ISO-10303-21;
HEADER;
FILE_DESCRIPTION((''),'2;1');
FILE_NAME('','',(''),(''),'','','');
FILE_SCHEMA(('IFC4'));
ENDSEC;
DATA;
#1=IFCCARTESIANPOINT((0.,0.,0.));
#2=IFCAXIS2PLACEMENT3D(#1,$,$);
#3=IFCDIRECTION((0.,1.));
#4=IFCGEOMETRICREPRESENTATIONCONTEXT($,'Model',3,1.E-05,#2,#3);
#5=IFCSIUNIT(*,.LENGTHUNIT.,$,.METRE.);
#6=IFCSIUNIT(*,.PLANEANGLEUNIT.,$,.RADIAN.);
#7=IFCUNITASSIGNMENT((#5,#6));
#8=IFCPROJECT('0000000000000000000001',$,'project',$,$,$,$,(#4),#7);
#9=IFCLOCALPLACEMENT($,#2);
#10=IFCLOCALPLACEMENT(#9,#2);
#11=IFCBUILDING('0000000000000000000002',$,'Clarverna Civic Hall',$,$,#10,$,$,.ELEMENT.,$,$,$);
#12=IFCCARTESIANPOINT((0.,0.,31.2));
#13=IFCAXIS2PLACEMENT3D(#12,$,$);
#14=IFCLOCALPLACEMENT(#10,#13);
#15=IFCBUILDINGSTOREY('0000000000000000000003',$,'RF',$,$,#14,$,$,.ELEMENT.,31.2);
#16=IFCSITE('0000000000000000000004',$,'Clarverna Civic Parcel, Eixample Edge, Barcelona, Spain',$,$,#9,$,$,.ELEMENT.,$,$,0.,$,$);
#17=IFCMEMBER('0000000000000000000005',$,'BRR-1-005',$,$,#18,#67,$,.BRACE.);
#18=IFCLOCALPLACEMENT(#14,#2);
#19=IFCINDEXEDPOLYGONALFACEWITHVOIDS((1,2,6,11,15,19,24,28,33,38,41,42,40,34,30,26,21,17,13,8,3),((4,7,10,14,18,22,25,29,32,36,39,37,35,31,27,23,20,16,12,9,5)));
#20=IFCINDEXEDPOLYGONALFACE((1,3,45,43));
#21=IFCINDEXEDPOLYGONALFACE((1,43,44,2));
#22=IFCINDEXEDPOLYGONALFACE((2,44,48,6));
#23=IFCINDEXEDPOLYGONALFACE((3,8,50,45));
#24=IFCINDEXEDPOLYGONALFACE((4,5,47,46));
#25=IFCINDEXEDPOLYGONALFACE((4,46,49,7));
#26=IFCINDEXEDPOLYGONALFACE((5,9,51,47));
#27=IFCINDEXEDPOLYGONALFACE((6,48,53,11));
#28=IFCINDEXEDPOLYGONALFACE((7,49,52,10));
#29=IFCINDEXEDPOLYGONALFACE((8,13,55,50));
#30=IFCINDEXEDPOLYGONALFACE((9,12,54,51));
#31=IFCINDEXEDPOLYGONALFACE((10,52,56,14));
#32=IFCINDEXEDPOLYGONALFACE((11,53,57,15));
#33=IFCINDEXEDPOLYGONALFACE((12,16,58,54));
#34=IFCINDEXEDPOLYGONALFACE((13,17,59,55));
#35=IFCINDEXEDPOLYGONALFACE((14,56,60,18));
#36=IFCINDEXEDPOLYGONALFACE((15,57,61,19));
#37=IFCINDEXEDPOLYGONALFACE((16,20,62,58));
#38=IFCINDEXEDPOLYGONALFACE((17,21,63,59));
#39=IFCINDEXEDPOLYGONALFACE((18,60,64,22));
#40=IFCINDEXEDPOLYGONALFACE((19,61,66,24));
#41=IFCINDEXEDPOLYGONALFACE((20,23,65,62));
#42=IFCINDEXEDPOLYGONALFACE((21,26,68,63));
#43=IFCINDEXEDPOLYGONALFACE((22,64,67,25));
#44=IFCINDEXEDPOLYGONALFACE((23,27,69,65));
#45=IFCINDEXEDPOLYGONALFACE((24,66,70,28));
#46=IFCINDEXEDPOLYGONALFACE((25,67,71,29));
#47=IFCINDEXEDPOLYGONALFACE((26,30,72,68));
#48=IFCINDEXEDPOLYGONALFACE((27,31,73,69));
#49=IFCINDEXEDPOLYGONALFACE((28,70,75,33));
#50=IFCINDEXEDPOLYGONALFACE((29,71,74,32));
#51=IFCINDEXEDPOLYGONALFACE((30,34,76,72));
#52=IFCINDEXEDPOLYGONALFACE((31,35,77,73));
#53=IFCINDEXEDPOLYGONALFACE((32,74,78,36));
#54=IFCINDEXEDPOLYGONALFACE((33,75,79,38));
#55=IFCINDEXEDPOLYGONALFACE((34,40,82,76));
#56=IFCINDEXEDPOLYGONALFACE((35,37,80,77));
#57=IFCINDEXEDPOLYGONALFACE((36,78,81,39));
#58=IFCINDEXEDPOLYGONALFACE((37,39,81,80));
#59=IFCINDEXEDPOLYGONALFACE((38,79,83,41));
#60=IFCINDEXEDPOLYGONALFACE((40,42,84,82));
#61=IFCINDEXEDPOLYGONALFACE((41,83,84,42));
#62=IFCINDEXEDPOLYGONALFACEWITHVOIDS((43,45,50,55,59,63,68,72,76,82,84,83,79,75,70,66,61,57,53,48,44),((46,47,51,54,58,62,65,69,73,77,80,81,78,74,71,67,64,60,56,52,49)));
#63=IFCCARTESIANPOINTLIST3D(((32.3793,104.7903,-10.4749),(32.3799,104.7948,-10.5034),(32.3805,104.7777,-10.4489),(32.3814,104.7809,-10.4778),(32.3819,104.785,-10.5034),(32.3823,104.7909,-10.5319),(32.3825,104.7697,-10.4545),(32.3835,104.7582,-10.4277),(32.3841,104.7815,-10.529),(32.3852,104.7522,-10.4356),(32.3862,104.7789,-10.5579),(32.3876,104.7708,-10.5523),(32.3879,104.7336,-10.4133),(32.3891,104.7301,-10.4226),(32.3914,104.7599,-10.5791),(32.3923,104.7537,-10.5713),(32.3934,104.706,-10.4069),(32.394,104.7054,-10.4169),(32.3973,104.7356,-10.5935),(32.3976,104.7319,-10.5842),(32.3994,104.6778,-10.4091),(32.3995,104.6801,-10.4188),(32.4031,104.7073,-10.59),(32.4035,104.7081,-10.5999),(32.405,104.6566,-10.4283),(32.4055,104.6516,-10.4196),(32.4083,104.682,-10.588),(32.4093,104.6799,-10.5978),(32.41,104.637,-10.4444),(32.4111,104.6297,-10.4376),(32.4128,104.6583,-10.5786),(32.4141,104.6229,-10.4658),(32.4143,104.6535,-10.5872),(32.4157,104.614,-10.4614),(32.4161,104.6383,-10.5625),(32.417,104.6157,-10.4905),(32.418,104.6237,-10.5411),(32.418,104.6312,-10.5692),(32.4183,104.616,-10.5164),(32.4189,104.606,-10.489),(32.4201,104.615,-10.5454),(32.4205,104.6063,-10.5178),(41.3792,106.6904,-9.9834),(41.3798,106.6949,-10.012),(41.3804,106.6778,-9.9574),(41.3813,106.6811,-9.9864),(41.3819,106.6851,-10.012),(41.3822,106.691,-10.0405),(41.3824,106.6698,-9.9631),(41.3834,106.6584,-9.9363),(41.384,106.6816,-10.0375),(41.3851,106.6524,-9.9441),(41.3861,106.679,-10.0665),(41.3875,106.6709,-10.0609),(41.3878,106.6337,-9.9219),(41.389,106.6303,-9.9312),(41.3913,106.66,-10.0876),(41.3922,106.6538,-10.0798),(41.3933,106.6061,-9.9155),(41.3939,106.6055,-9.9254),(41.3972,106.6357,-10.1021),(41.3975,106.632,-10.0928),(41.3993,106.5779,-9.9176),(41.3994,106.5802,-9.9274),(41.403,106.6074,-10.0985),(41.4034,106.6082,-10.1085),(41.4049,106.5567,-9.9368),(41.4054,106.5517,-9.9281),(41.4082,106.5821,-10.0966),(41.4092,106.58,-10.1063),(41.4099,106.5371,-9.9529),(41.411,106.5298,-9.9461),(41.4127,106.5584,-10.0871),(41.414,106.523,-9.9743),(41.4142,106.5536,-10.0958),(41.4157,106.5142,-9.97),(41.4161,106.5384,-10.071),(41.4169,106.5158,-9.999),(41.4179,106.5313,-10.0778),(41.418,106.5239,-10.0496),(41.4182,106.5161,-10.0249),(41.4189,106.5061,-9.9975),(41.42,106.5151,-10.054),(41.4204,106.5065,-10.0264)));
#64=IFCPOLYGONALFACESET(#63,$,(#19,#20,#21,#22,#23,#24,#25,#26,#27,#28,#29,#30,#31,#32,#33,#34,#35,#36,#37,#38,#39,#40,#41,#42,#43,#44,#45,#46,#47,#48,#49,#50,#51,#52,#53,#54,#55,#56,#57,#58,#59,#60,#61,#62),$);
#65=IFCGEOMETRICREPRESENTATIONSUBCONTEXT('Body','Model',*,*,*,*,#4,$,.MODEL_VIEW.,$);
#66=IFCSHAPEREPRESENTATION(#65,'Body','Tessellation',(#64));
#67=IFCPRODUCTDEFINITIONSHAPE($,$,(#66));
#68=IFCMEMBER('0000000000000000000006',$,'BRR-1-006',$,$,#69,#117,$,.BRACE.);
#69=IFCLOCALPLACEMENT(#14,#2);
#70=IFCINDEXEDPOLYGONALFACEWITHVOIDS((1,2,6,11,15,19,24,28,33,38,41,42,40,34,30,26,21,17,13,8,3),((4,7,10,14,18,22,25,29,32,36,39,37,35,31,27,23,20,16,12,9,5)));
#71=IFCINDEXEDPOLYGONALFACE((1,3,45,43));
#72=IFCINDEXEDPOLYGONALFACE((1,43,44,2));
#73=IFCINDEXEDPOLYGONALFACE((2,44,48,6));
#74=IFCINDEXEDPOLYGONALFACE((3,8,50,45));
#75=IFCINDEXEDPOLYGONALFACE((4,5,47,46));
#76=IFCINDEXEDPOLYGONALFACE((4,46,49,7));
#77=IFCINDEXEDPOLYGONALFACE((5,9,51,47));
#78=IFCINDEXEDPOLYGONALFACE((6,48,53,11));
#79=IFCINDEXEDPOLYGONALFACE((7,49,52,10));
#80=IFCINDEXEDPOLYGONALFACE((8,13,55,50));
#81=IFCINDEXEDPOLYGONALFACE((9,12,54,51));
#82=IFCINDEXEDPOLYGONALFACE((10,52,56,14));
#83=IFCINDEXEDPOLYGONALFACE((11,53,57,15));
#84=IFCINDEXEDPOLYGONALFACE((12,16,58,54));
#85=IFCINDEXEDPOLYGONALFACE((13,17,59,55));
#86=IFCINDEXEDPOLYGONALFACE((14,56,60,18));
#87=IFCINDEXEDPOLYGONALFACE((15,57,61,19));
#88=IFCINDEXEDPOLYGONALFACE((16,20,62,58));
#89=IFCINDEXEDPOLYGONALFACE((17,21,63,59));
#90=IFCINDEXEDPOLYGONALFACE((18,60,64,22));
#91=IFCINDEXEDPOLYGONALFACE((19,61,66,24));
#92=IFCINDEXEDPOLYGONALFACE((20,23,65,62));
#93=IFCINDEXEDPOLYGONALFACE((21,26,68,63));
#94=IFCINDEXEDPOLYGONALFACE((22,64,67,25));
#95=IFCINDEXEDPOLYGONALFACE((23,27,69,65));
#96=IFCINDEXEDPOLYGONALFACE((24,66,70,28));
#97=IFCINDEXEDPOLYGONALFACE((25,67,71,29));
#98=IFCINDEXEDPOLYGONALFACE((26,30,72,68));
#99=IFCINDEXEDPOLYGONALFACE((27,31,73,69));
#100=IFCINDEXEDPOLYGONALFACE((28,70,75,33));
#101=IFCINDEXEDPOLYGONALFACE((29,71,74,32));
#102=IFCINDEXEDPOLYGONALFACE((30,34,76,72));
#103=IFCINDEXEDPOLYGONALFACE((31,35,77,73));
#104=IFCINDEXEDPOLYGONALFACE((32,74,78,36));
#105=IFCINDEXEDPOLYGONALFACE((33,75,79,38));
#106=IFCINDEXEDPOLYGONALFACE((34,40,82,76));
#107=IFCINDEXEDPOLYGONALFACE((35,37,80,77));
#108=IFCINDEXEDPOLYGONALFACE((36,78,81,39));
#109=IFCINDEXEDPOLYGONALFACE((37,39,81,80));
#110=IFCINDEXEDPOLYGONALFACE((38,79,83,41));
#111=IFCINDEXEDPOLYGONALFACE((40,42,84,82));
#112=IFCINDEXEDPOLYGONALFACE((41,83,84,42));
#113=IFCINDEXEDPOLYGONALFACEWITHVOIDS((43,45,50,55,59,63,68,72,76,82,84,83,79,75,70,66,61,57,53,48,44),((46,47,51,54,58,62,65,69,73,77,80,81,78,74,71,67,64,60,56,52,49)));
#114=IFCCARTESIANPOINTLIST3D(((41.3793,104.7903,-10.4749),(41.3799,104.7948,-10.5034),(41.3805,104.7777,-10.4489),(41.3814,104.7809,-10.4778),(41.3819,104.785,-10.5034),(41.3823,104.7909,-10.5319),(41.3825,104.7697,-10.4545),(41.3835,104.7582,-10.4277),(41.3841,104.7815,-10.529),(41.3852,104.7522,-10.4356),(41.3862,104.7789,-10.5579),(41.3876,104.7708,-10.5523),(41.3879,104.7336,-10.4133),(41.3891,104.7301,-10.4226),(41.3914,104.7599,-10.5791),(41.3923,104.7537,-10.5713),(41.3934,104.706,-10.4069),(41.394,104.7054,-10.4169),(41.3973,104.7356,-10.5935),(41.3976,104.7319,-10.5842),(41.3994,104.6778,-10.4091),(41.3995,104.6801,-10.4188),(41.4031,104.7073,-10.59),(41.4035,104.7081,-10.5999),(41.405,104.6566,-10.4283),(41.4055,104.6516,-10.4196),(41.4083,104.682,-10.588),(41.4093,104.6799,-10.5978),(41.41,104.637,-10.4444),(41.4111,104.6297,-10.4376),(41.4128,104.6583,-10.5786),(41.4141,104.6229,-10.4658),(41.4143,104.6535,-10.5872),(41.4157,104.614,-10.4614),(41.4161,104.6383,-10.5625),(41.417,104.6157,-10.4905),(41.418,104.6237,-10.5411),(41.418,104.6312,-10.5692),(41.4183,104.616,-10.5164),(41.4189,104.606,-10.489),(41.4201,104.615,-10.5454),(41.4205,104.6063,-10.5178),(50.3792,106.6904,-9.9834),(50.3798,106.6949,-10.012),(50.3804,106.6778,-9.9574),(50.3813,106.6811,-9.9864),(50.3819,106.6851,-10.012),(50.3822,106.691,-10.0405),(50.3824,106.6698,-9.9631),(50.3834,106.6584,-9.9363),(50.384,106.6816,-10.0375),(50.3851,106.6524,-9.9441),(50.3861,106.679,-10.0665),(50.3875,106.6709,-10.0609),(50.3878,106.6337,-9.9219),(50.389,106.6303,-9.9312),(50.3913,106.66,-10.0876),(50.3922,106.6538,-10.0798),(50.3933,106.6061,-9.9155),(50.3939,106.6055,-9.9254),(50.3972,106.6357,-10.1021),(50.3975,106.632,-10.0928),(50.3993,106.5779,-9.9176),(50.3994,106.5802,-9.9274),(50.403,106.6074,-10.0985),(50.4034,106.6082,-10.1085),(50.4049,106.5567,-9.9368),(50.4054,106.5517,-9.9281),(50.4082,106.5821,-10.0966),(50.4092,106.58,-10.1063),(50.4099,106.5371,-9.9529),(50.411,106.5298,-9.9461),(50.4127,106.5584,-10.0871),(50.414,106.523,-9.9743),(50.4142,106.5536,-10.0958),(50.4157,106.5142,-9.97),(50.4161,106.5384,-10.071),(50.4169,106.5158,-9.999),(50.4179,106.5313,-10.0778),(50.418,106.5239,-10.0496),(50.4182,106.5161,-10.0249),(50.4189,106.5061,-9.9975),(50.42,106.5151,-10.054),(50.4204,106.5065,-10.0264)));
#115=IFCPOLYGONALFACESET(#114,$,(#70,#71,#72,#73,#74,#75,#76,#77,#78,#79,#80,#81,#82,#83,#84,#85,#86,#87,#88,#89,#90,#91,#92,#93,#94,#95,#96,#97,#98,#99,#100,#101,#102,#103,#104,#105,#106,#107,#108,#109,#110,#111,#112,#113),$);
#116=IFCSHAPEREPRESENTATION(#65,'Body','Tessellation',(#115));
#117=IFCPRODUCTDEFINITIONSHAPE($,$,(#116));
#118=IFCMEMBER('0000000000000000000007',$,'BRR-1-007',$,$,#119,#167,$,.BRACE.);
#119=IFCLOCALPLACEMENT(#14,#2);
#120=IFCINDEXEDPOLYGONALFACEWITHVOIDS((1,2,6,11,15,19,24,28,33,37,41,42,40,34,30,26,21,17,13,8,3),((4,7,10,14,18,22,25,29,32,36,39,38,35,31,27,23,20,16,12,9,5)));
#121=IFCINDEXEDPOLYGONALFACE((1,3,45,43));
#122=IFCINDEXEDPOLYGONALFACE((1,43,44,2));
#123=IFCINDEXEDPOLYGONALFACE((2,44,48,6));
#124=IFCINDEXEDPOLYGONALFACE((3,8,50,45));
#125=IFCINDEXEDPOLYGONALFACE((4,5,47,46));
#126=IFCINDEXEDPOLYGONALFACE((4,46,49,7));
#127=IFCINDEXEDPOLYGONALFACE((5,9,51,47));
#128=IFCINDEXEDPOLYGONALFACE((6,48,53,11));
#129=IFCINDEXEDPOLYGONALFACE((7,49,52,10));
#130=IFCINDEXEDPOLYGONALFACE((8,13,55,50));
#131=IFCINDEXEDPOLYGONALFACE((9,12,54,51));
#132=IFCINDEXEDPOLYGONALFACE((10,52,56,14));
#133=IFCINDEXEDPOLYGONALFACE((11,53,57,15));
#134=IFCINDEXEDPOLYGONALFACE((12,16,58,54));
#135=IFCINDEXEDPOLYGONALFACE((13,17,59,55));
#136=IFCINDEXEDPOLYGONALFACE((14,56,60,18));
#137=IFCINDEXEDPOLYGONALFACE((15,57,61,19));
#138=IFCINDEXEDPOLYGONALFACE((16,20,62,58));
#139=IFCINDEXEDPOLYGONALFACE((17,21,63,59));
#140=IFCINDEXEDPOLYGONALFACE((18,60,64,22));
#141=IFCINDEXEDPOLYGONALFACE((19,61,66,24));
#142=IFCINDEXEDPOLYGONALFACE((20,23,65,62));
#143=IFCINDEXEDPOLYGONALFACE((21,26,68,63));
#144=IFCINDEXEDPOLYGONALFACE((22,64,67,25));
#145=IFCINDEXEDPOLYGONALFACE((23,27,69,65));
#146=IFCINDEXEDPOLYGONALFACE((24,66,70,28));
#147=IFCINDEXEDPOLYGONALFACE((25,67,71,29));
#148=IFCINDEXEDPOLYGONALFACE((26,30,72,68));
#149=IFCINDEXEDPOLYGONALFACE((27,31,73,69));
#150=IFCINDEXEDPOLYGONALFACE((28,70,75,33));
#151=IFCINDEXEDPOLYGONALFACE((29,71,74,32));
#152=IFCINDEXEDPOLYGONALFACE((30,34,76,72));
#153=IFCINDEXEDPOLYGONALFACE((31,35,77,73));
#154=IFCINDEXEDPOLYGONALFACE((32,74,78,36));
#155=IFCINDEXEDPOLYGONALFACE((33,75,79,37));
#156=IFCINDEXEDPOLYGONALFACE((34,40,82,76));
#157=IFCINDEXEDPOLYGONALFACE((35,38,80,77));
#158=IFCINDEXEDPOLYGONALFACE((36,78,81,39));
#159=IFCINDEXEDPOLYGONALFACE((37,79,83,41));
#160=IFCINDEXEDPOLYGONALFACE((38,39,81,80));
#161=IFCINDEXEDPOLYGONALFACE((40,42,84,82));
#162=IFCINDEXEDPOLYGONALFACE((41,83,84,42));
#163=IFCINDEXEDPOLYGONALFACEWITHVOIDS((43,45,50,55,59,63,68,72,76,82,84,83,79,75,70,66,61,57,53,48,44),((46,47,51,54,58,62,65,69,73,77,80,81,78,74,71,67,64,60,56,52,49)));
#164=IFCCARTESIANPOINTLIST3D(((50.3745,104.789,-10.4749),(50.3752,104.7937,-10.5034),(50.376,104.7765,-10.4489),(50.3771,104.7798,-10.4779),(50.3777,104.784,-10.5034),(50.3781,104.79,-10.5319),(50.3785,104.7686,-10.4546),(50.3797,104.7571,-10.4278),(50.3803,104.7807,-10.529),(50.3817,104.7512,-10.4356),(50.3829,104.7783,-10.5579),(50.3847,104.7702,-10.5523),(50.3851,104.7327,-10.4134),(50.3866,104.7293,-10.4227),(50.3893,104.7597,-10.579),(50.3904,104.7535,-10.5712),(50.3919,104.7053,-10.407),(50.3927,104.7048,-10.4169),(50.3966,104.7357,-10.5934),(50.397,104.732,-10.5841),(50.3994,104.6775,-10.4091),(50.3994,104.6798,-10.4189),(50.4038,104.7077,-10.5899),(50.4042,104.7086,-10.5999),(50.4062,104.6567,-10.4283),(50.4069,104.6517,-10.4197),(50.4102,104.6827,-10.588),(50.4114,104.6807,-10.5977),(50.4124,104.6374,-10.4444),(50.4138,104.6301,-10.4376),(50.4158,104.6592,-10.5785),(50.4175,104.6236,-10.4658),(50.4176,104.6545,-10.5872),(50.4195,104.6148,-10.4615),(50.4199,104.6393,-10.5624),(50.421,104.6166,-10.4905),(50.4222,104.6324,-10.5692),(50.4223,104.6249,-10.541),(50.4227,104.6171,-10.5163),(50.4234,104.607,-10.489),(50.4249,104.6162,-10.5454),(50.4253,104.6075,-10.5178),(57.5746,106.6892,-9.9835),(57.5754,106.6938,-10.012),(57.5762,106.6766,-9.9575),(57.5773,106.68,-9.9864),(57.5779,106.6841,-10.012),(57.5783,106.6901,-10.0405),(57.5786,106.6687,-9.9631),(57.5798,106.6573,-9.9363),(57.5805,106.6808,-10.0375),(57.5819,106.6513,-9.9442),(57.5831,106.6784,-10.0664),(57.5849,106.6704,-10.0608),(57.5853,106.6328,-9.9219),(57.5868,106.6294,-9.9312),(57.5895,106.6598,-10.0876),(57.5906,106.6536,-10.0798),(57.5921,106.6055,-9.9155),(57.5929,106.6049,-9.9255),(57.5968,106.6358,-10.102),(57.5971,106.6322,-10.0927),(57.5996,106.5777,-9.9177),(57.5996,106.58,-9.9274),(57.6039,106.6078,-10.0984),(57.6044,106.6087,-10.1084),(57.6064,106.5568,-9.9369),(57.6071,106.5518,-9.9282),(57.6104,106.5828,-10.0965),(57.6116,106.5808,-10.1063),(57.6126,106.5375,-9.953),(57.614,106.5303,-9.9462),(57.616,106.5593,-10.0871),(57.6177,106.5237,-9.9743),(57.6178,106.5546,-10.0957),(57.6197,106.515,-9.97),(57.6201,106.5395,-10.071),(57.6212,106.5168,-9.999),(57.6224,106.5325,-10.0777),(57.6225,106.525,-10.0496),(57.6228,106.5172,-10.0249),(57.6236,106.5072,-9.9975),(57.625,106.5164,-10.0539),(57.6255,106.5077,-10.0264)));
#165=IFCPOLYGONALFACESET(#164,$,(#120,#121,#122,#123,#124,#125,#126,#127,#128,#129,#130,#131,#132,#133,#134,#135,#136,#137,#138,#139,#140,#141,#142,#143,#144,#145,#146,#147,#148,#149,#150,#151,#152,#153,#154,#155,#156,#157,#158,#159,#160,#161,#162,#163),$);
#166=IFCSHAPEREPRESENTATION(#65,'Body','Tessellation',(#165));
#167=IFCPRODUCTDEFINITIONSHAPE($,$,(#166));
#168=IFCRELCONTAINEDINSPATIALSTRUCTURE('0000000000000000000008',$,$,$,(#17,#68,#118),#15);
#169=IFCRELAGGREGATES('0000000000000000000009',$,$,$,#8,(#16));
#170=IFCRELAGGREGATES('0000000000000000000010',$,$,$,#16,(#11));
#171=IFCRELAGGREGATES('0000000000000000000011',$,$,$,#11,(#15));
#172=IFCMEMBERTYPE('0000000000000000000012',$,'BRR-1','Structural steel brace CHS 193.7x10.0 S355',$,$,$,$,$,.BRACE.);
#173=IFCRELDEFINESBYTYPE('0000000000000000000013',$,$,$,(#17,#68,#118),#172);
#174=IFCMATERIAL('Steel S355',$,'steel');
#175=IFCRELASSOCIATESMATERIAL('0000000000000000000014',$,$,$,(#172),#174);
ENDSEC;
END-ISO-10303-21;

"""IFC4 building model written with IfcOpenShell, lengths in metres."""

from ifc_helpers import new_model, si_unit, direction, frame, origin, origin_2d, place, context, subcontext, project, spatial, hollow_circle, extrude, material, material_profile, profile_set, type_object, element, save


model = new_model("IFC4")

# Units and contexts
model_context = context("Model", 3, precision=1e-05, world=origin(), true_north=direction((0.0, 1.0)))
body_context = subcontext(model_context, "Body", "Model", "MODEL_VIEW")
ifc_project = project(units=[si_unit("LENGTHUNIT", "METRE"), si_unit("PLANEANGLEUNIT", "RADIAN")], contexts=[model_context])

# Site, building, storey
site_placement = place(None, origin())
site = spatial("IfcSite", under=ifc_project, at=site_placement, Name="Clarverna Civic Parcel, Eixample Edge, Barcelona, Spain", CompositionType="ELEMENT", RefElevation=0.0)
building_placement = place(site_placement, origin())
building = spatial("IfcBuilding", under=site, at=building_placement, Name="Clarverna Civic Hall", CompositionType="ELEMENT")
storey_placement = place(building_placement, frame((0.0, 0.0, 31.2)))
storey = spatial("IfcBuildingStorey", under=building, at=storey_placement, Name="RF", CompositionType="ELEMENT", Elevation=31.2)

# Members
ifc_material_1 = material(Name="Steel S355", Category="steel")
ifc_material_profile_1 = material_profile(ifc_material_1, hollow_circle(Radius=0.0969, WallThickness=0.01, at=origin_2d()), Name="CHS 193.7x10.0")
ifc_profile_set_1 = profile_set([ifc_material_profile_1], Name="Steel S355")
member_type_1 = type_object("IfcMemberType", Name="BRR-1", Description="Structural steel brace CHS 193.7x10.0 S355", PredefinedType="BRACE", material=ifc_profile_set_1)
for number, where, z_axis, x_axis, name in (
    (1, (32.3999, 104.7, -10.5034), (0.977038, 0.206279, 0.053352), (-0.206574, 0.978431, 0.0), "BRR-1-005"),
    (2, (41.3999, 104.7, -10.5034), (0.977038, 0.206279, 0.053352), (-0.206574, 0.978431, 0.0), "BRR-1-006"),
):
    element("IfcMember", number, at=place(storey_placement, frame(where, z_axis=z_axis, x_axis=x_axis)), inside=storey, type_object=member_type_1, Name=name, PredefinedType="BRACE", context=body_context, shape_type="SweptSolid", body=[
        extrude(hollow_circle(Radius=0.0969, WallThickness=0.01, at=origin_2d()), origin(), (0.0, 0.0, 1.0), 9.2114),
    ])
member_1_placement = place(storey_placement, frame((50.3999, 104.7, -10.5034), z_axis=(0.964798, 0.254612, 0.065853), x_axis=(-0.255166, 0.966897, 0.0)))
element("IfcMember", 3, at=member_1_placement, inside=storey, type_object=member_type_1, Name="BRR-1-007", PredefinedType="BRACE", context=body_context, shape_type="SweptSolid", body=[
    extrude(hollow_circle(Radius=0.0969, WallThickness=0.01, at=origin_2d()), origin(), (0.0, 0.0, 1.0), 7.4629),
])

save(model, "model.ifc")
